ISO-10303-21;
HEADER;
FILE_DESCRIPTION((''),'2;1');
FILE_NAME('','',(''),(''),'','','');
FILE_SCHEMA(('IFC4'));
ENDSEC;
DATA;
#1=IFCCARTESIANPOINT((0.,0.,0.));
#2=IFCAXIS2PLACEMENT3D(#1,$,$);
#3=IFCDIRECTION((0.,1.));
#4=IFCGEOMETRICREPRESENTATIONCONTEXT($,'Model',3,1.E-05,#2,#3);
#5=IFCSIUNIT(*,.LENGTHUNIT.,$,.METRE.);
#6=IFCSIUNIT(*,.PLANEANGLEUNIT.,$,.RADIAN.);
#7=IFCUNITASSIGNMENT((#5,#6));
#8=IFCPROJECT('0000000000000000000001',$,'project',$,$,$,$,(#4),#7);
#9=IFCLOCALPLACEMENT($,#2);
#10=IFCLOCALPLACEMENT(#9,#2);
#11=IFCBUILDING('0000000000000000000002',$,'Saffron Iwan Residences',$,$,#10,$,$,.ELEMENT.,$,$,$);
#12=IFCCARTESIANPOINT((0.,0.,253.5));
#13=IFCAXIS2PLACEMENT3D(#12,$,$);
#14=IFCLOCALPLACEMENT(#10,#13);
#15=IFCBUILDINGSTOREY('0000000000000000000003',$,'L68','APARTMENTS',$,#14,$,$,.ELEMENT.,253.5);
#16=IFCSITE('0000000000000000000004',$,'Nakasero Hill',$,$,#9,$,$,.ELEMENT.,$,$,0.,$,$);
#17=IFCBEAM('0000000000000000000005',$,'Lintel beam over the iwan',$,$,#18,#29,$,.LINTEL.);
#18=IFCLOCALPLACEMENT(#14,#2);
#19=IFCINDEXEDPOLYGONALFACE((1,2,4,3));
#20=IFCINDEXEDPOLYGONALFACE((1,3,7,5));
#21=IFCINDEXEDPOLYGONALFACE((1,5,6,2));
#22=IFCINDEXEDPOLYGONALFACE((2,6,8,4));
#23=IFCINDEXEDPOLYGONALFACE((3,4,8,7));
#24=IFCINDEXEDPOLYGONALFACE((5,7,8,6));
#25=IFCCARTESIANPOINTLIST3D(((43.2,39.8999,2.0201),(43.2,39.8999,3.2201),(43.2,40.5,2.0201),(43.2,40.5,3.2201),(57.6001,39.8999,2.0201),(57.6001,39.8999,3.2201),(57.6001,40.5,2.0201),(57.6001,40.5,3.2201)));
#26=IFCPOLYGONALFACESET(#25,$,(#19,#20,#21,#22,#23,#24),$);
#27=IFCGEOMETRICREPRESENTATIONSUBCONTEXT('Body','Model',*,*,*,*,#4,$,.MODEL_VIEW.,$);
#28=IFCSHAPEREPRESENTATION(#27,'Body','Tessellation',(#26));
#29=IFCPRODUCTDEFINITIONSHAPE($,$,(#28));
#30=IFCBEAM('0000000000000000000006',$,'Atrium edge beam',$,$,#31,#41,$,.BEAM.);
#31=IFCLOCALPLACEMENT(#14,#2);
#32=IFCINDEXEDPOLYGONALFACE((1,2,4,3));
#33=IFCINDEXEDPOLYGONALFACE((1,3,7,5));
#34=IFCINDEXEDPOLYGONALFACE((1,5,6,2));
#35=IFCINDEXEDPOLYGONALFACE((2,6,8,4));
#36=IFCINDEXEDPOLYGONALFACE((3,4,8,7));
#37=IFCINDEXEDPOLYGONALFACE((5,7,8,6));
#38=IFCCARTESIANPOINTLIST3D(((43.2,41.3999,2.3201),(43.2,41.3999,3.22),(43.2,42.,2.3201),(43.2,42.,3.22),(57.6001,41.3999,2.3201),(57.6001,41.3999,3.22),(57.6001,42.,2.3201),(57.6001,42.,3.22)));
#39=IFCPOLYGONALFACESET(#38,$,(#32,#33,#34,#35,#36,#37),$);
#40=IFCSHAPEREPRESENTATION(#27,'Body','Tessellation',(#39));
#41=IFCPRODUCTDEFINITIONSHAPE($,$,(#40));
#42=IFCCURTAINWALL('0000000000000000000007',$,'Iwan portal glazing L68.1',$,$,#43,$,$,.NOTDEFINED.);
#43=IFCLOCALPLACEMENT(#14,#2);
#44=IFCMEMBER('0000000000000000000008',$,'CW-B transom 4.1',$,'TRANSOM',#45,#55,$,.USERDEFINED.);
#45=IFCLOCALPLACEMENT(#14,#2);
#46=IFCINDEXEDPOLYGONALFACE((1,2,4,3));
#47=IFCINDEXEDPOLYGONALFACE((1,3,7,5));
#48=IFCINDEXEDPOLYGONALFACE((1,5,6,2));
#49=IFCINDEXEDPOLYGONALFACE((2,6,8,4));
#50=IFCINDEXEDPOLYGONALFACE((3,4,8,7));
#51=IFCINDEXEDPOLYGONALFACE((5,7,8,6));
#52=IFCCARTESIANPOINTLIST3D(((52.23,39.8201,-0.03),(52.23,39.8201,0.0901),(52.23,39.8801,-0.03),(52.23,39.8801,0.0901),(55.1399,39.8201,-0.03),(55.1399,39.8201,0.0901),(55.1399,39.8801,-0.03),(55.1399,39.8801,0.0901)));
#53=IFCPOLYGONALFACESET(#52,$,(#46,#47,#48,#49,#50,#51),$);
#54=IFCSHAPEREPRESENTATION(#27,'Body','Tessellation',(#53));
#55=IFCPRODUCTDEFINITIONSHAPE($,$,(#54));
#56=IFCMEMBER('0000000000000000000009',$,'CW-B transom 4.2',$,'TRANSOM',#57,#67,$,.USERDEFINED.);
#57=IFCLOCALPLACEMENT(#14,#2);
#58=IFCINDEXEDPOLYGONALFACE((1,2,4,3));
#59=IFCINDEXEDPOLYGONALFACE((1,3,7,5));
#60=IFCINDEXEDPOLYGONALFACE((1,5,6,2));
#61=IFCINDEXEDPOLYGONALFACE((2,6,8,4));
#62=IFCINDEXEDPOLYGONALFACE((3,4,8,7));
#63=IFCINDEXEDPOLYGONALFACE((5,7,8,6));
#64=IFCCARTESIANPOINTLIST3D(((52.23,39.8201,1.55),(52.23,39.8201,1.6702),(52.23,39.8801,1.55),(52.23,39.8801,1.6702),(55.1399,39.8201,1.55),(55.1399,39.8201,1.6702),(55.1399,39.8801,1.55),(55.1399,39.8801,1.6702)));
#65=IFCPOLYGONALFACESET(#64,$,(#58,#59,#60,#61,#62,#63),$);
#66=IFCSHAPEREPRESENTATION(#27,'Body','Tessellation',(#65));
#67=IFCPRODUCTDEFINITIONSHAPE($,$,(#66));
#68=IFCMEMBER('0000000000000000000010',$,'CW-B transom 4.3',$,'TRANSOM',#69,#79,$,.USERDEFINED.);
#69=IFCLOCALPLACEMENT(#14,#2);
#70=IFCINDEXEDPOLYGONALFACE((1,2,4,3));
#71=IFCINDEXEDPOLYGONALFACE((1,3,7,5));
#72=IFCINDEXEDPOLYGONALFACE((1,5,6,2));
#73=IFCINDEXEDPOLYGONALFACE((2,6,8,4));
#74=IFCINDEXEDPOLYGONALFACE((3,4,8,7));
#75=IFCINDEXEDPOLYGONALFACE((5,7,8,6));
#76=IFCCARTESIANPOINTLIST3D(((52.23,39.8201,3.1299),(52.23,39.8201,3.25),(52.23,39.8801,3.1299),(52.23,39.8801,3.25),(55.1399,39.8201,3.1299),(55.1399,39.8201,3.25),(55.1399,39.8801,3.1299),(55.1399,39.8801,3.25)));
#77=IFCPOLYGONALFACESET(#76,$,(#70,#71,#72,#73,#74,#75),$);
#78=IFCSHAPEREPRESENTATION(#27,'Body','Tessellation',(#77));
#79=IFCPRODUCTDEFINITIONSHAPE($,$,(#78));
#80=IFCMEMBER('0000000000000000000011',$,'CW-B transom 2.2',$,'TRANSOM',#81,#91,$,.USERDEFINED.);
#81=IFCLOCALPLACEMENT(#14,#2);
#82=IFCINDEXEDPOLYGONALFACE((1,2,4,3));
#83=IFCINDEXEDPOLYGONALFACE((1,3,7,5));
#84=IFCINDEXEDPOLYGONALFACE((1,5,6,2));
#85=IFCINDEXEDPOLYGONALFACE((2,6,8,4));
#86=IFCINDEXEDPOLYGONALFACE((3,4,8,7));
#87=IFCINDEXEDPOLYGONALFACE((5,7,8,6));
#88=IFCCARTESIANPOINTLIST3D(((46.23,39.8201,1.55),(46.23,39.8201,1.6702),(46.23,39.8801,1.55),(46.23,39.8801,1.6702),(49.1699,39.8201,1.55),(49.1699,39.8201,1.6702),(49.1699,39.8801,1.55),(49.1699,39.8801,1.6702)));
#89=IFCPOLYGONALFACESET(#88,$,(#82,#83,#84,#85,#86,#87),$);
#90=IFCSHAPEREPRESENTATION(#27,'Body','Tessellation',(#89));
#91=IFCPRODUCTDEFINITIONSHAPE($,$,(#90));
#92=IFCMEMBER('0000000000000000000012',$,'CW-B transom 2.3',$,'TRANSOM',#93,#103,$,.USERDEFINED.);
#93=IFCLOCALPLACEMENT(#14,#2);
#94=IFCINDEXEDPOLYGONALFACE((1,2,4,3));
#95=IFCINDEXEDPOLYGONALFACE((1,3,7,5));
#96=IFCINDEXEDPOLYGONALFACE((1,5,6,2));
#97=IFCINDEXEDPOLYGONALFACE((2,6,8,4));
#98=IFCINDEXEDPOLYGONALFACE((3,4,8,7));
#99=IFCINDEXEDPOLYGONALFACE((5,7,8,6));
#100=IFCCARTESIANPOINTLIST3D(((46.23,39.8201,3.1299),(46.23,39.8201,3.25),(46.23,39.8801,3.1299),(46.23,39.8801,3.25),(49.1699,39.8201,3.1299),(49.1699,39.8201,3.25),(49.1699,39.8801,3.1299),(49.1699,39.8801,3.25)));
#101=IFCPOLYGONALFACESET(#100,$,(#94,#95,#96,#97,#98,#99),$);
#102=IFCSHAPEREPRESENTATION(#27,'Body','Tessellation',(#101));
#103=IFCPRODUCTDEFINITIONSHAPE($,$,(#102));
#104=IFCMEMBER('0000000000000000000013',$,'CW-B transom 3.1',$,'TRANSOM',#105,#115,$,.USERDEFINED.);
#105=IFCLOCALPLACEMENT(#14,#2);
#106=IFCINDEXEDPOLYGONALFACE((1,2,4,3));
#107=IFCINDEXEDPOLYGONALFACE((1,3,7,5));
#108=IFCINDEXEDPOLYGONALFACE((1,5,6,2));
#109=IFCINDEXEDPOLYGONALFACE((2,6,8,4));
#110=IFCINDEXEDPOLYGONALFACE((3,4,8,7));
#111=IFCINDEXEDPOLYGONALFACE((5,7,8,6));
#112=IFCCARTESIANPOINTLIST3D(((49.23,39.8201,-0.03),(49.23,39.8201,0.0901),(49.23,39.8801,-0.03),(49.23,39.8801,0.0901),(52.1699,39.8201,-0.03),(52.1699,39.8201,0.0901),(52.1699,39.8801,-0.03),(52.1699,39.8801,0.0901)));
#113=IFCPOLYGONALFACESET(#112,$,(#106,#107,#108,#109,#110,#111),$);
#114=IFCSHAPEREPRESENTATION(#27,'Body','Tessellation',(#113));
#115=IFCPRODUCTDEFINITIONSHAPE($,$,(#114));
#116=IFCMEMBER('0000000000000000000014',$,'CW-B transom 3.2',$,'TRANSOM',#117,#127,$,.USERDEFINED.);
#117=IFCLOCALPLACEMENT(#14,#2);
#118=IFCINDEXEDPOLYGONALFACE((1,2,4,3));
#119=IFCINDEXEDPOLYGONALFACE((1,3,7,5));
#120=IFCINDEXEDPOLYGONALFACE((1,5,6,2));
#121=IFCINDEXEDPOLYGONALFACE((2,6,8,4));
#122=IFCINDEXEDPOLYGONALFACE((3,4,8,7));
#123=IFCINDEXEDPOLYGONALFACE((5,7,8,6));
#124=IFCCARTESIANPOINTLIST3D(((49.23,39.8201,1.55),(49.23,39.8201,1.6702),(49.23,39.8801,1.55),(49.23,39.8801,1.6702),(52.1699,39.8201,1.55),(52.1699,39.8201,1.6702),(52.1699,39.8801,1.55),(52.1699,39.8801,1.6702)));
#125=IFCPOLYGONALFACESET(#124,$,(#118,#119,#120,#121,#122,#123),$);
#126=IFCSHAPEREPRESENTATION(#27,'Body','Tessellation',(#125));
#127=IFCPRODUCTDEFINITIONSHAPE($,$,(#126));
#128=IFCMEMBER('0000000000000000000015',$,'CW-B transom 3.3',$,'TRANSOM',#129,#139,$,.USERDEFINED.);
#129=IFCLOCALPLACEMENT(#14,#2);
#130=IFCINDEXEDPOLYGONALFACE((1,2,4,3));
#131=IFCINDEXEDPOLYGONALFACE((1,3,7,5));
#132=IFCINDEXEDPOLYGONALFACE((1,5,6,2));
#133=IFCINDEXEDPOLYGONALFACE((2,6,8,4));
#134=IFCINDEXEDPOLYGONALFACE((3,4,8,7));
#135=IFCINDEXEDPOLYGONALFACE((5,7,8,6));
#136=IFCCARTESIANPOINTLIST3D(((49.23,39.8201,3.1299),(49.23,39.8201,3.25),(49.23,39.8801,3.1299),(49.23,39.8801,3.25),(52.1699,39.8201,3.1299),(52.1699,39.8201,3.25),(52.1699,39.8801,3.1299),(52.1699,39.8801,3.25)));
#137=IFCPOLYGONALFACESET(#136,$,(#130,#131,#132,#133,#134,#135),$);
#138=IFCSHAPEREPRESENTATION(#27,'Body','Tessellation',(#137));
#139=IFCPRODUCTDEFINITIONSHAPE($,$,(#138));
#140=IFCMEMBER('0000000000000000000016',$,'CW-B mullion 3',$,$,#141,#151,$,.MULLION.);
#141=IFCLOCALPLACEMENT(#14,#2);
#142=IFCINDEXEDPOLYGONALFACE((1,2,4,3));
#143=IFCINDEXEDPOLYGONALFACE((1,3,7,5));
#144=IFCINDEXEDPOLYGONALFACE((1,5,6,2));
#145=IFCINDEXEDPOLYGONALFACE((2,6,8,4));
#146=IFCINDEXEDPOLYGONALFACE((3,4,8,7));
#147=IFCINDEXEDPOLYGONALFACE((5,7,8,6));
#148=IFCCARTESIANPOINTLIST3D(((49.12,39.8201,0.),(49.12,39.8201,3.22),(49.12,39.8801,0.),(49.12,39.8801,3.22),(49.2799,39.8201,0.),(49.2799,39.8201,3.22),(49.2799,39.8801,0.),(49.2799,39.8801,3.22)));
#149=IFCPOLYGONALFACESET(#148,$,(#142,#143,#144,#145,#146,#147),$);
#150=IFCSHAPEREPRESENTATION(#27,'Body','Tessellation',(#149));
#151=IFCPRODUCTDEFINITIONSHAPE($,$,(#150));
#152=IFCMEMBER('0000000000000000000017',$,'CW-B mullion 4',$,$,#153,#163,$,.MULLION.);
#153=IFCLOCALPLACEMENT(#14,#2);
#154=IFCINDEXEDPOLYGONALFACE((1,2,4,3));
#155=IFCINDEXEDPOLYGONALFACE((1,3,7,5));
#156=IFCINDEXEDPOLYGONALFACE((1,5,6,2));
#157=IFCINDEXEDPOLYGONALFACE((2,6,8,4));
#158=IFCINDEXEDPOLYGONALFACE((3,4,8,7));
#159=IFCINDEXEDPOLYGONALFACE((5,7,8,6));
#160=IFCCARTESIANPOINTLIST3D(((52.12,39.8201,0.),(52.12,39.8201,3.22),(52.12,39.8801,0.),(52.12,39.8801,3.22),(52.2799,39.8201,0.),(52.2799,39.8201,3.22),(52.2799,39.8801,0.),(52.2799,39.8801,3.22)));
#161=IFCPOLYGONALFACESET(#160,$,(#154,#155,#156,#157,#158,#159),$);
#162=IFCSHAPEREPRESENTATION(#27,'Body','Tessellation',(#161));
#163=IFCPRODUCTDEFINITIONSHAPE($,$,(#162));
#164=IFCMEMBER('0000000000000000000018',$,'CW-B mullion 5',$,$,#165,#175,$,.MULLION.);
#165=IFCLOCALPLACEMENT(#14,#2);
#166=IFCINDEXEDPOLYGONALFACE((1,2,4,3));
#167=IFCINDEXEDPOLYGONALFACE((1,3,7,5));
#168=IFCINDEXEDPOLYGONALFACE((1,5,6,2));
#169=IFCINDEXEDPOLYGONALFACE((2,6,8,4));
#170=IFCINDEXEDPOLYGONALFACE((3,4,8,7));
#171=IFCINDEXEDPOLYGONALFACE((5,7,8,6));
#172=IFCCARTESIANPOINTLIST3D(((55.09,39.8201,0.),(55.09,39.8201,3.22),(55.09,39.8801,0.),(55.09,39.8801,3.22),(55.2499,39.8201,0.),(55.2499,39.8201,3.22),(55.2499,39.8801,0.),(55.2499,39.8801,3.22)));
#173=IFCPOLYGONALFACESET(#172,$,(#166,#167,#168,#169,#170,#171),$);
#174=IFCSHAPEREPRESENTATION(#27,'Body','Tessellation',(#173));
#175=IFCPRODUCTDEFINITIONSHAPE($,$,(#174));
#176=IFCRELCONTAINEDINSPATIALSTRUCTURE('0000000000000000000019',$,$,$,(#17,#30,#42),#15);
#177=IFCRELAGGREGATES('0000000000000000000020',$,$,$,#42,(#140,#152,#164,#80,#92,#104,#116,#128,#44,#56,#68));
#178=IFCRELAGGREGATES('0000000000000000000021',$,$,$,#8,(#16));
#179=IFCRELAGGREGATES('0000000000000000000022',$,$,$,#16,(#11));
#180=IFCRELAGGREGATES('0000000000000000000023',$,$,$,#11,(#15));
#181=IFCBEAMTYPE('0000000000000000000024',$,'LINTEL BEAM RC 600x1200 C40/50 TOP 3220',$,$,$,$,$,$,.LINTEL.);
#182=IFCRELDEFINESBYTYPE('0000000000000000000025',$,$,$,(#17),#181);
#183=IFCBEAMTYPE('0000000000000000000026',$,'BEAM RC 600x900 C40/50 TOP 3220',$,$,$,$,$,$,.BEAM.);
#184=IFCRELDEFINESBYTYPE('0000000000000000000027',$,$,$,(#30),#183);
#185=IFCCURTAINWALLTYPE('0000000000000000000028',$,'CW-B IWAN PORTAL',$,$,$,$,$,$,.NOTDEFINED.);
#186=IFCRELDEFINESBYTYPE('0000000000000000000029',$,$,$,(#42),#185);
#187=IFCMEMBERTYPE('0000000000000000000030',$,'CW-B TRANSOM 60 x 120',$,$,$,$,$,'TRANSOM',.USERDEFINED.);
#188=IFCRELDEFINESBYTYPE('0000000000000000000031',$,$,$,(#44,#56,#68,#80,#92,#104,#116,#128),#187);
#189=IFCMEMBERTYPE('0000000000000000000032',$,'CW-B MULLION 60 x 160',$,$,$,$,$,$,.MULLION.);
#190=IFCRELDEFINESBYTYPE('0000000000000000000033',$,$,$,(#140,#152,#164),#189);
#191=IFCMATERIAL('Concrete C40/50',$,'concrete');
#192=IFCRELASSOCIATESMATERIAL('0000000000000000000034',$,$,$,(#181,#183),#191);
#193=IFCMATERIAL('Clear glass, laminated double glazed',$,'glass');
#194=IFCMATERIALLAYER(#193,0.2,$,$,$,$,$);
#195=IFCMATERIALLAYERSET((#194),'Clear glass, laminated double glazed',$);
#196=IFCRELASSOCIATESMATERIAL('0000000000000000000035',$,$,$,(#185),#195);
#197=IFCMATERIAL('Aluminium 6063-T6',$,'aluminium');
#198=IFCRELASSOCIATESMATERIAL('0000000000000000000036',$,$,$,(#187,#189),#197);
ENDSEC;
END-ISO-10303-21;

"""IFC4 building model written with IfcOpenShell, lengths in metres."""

from ifc_helpers import new_model, si_unit, direction, frame, origin, origin_2d, place, context, subcontext, project, spatial, rectangle, extrude, source, transform, mapped, material, layer, layer_set, material_profile, profile_set, type_object, element, aggregate, save


model = new_model("IFC4")

# Units and contexts
model_context = context("Model", 3, precision=1e-05, world=origin(), true_north=direction((0.0, 1.0)))
body_context = subcontext(model_context, "Body", "Model", "MODEL_VIEW")
ifc_project = project(units=[si_unit("LENGTHUNIT", "METRE"), si_unit("PLANEANGLEUNIT", "RADIAN")], contexts=[model_context])

# Site, building, storey
site_placement = place(None, origin())
site = spatial("IfcSite", under=ifc_project, at=site_placement, Name="Nakasero Hill", CompositionType="ELEMENT", RefElevation=0.0)
building_placement = place(site_placement, origin())
building = spatial("IfcBuilding", under=site, at=building_placement, Name="Saffron Iwan Residences", CompositionType="ELEMENT")
storey_placement = place(building_placement, frame((0.0, 0.0, 253.5)))
storey = spatial("IfcBuildingStorey", under=building, at=storey_placement, Name="L68", Description="APARTMENTS", CompositionType="ELEMENT", Elevation=253.5)

# Beams
ifc_material_1 = material(Name="Concrete C40/50", Category="concrete")
ifc_material_profile_1 = material_profile(ifc_material_1, rectangle(XDim=0.6001, YDim=1.2, at=origin_2d()), Name="RC 600x1200")
ifc_profile_set_1 = profile_set([ifc_material_profile_1], Name="Concrete C40/50")
beam_type_1 = type_object("IfcBeamType", Name="LINTEL BEAM RC 600x1200 C40/50 TOP 3220", PredefinedType="LINTEL", material=ifc_profile_set_1)
shared_shape_1 = source(origin(), body_context, "Body", "SweptSolid", [
    extrude(rectangle(XDim=0.6001, YDim=1.2, at=origin_2d()), origin(), (0.0, 0.0, 1.0), 14.4001),
])
beam_1_placement = place(storey_placement, frame((57.6001, 40.2, 2.6201), z_axis=(-1.0, 0.0, 0.0), x_axis=(0.0, -1.0, 0.0)))
element("IfcBeam", 1, at=beam_1_placement, inside=storey, type_object=beam_type_1, Name="Lintel beam over the iwan", PredefinedType="LINTEL", context=body_context, shape_type="MappedRepresentation", body=[
    mapped(shared_shape_1, transform((0.0, 0.0, 0.0))),
])
ifc_material_profile_2 = material_profile(ifc_material_1, rectangle(XDim=0.6001, YDim=0.8999, at=origin_2d()), Name="RC 600x900")
ifc_profile_set_2 = profile_set([ifc_material_profile_2], Name="Concrete C40/50")
beam_type_2 = type_object("IfcBeamType", Name="BEAM RC 600x900 C40/50 TOP 3220", PredefinedType="BEAM", material=ifc_profile_set_2)
shared_shape_2 = source(origin(), body_context, "Body", "SweptSolid", [
    extrude(rectangle(XDim=0.6001, YDim=0.8999, at=origin_2d()), origin(), (0.0, 0.0, 1.0), 14.4001),
])
beam_2_placement = place(storey_placement, frame((57.6001, 41.7, 2.77), z_axis=(-1.0, 0.0, 0.0), x_axis=(0.0, -1.0, 0.0)))
element("IfcBeam", 2, at=beam_2_placement, inside=storey, type_object=beam_type_2, Name="Atrium edge beam", PredefinedType="BEAM", context=body_context, shape_type="MappedRepresentation", body=[
    mapped(shared_shape_2, transform((0.0, 0.0, 0.0))),
])

# Curtain wall, members
ifc_material_2 = material(Name="Clear glass, laminated double glazed", Category="glass")
ifc_layer_1 = layer(ifc_material_2, 0.2)
ifc_layer_set_1 = layer_set([ifc_layer_1], Name="Clear glass, laminated double glazed")
curtain_wall_type = type_object("IfcCurtainWallType", Name="CW-B IWAN PORTAL", PredefinedType="NOTDEFINED", material=ifc_layer_set_1)
curtain_wall_placement = place(storey_placement, origin())
curtain_wall = element("IfcCurtainWall", 3, at=curtain_wall_placement, inside=storey, type_object=curtain_wall_type, Name="Iwan portal glazing L68.1", PredefinedType="NOTDEFINED")
ifc_material_3 = material(Name="Aluminium 6063-T6", Category="aluminium")
ifc_material_profile_3 = material_profile(ifc_material_3, rectangle(XDim=0.0601, YDim=0.1201, at=origin_2d()), Name="CW-B TRANSOM 60 x 120")
ifc_profile_set_3 = profile_set([ifc_material_profile_3], Name="Aluminium 6063-T6")
member_type_1 = type_object("IfcMemberType", Name="CW-B TRANSOM 60 x 120", ElementType="TRANSOM", PredefinedType="USERDEFINED", material=ifc_profile_set_3)
shared_shape_3 = source(origin(), body_context, "Body", "SweptSolid", [
    extrude(rectangle(XDim=0.0601, YDim=0.1201, at=origin_2d()), origin(), (0.0, 0.0, 1.0), 2.9099),
])
member_1_placement = place(storey_placement, frame((52.23, 39.8501, 0.03), z_axis=(1.0, 0.0, 0.0), x_axis=(0.0, 1.0, 0.0)))
member_1 = element("IfcMember", 4, at=member_1_placement, type_object=member_type_1, Name="CW-B transom 4.1", ObjectType="TRANSOM", PredefinedType="USERDEFINED", context=body_context, shape_type="MappedRepresentation", body=[
    mapped(shared_shape_3, transform((0.0, 0.0, 0.0))),
])
member_2_placement = place(storey_placement, frame((52.23, 39.8501, 1.6101), z_axis=(1.0, 0.0, 0.0), x_axis=(0.0, 1.0, 0.0)))
member_2 = element("IfcMember", 5, at=member_2_placement, type_object=member_type_1, Name="CW-B transom 4.2", ObjectType="TRANSOM", PredefinedType="USERDEFINED", context=body_context, shape_type="MappedRepresentation", body=[
    mapped(shared_shape_3, transform((0.0, 0.0, 0.0))),
])
member_3_placement = place(storey_placement, frame((52.23, 39.8501, 3.1899), z_axis=(1.0, 0.0, 0.0), x_axis=(0.0, 1.0, 0.0)))
member_3 = element("IfcMember", 6, at=member_3_placement, type_object=member_type_1, Name="CW-B transom 4.3", ObjectType="TRANSOM", PredefinedType="USERDEFINED", context=body_context, shape_type="MappedRepresentation", body=[
    mapped(shared_shape_3, transform((0.0, 0.0, 0.0))),
])
shared_shape_4 = source(origin(), body_context, "Body", "SweptSolid", [
    extrude(rectangle(XDim=0.0601, YDim=0.1201, at=origin_2d()), origin(), (0.0, 0.0, 1.0), 2.9399),
])
member_4_placement = place(storey_placement, frame((46.23, 39.8501, 1.6101), z_axis=(1.0, 0.0, 0.0), x_axis=(0.0, 1.0, 0.0)))
member_4 = element("IfcMember", 7, at=member_4_placement, type_object=member_type_1, Name="CW-B transom 2.2", ObjectType="TRANSOM", PredefinedType="USERDEFINED", context=body_context, shape_type="MappedRepresentation", body=[
    mapped(shared_shape_4, transform((0.0, 0.0, 0.0))),
])
member_5_placement = place(storey_placement, frame((46.23, 39.8501, 3.1899), z_axis=(1.0, 0.0, 0.0), x_axis=(0.0, 1.0, 0.0)))
member_5 = element("IfcMember", 8, at=member_5_placement, type_object=member_type_1, Name="CW-B transom 2.3", ObjectType="TRANSOM", PredefinedType="USERDEFINED", context=body_context, shape_type="MappedRepresentation", body=[
    mapped(shared_shape_4, transform((0.0, 0.0, 0.0))),
])
member_6_placement = place(storey_placement, frame((49.23, 39.8501, 0.03), z_axis=(1.0, 0.0, 0.0), x_axis=(0.0, 1.0, 0.0)))
member_6 = element("IfcMember", 9, at=member_6_placement, type_object=member_type_1, Name="CW-B transom 3.1", ObjectType="TRANSOM", PredefinedType="USERDEFINED", context=body_context, shape_type="MappedRepresentation", body=[
    mapped(shared_shape_4, transform((0.0, 0.0, 0.0))),
])
member_7_placement = place(storey_placement, frame((49.23, 39.8501, 1.6101), z_axis=(1.0, 0.0, 0.0), x_axis=(0.0, 1.0, 0.0)))
member_7 = element("IfcMember", 10, at=member_7_placement, type_object=member_type_1, Name="CW-B transom 3.2", ObjectType="TRANSOM", PredefinedType="USERDEFINED", context=body_context, shape_type="MappedRepresentation", body=[
    mapped(shared_shape_4, transform((0.0, 0.0, 0.0))),
])
member_8_placement = place(storey_placement, frame((49.23, 39.8501, 3.1899), z_axis=(1.0, 0.0, 0.0), x_axis=(0.0, 1.0, 0.0)))
member_8 = element("IfcMember", 11, at=member_8_placement, type_object=member_type_1, Name="CW-B transom 3.3", ObjectType="TRANSOM", PredefinedType="USERDEFINED", context=body_context, shape_type="MappedRepresentation", body=[
    mapped(shared_shape_4, transform((0.0, 0.0, 0.0))),
])
ifc_material_profile_4 = material_profile(ifc_material_3, rectangle(XDim=0.0601, YDim=0.1599, at=origin_2d()), Name="CW-B MULLION 60 x 160")
ifc_profile_set_4 = profile_set([ifc_material_profile_4], Name="Aluminium 6063-T6")
member_type_2 = type_object("IfcMemberType", Name="CW-B MULLION 60 x 160", PredefinedType="MULLION", material=ifc_profile_set_4)
shared_shape_5 = source(origin(), body_context, "Body", "SweptSolid", [
    extrude(rectangle(XDim=0.0601, YDim=0.1599, at=origin_2d()), origin(), (0.0, 0.0, 1.0), 3.22),
])
member_9_placement = place(storey_placement, frame((49.2, 39.8501, 0.0), z_axis=(0.0, 0.0, 1.0), x_axis=(0.0, 1.0, 0.0)))
member_9 = element("IfcMember", 12, at=member_9_placement, type_object=member_type_2, Name="CW-B mullion 3", PredefinedType="MULLION", context=body_context, shape_type="MappedRepresentation", body=[
    mapped(shared_shape_5, transform((0.0, 0.0, 0.0))),
])
member_10_placement = place(storey_placement, frame((52.2, 39.8501, 0.0), z_axis=(0.0, 0.0, 1.0), x_axis=(0.0, 1.0, 0.0)))
member_10 = element("IfcMember", 13, at=member_10_placement, type_object=member_type_2, Name="CW-B mullion 4", PredefinedType="MULLION", context=body_context, shape_type="MappedRepresentation", body=[
    mapped(shared_shape_5, transform((0.0, 0.0, 0.0))),
])
member_11_placement = place(storey_placement, frame((55.1699, 39.8501, 0.0), z_axis=(0.0, 0.0, 1.0), x_axis=(0.0, 1.0, 0.0)))
member_11 = element("IfcMember", 14, at=member_11_placement, type_object=member_type_2, Name="CW-B mullion 5", PredefinedType="MULLION", context=body_context, shape_type="MappedRepresentation", body=[
    mapped(shared_shape_5, transform((0.0, 0.0, 0.0))),
])
aggregate(curtain_wall, [member_9, member_10, member_11, member_4, member_5, member_6, member_7, member_8, member_1, member_2, member_3])

save(model, "model.ifc")
